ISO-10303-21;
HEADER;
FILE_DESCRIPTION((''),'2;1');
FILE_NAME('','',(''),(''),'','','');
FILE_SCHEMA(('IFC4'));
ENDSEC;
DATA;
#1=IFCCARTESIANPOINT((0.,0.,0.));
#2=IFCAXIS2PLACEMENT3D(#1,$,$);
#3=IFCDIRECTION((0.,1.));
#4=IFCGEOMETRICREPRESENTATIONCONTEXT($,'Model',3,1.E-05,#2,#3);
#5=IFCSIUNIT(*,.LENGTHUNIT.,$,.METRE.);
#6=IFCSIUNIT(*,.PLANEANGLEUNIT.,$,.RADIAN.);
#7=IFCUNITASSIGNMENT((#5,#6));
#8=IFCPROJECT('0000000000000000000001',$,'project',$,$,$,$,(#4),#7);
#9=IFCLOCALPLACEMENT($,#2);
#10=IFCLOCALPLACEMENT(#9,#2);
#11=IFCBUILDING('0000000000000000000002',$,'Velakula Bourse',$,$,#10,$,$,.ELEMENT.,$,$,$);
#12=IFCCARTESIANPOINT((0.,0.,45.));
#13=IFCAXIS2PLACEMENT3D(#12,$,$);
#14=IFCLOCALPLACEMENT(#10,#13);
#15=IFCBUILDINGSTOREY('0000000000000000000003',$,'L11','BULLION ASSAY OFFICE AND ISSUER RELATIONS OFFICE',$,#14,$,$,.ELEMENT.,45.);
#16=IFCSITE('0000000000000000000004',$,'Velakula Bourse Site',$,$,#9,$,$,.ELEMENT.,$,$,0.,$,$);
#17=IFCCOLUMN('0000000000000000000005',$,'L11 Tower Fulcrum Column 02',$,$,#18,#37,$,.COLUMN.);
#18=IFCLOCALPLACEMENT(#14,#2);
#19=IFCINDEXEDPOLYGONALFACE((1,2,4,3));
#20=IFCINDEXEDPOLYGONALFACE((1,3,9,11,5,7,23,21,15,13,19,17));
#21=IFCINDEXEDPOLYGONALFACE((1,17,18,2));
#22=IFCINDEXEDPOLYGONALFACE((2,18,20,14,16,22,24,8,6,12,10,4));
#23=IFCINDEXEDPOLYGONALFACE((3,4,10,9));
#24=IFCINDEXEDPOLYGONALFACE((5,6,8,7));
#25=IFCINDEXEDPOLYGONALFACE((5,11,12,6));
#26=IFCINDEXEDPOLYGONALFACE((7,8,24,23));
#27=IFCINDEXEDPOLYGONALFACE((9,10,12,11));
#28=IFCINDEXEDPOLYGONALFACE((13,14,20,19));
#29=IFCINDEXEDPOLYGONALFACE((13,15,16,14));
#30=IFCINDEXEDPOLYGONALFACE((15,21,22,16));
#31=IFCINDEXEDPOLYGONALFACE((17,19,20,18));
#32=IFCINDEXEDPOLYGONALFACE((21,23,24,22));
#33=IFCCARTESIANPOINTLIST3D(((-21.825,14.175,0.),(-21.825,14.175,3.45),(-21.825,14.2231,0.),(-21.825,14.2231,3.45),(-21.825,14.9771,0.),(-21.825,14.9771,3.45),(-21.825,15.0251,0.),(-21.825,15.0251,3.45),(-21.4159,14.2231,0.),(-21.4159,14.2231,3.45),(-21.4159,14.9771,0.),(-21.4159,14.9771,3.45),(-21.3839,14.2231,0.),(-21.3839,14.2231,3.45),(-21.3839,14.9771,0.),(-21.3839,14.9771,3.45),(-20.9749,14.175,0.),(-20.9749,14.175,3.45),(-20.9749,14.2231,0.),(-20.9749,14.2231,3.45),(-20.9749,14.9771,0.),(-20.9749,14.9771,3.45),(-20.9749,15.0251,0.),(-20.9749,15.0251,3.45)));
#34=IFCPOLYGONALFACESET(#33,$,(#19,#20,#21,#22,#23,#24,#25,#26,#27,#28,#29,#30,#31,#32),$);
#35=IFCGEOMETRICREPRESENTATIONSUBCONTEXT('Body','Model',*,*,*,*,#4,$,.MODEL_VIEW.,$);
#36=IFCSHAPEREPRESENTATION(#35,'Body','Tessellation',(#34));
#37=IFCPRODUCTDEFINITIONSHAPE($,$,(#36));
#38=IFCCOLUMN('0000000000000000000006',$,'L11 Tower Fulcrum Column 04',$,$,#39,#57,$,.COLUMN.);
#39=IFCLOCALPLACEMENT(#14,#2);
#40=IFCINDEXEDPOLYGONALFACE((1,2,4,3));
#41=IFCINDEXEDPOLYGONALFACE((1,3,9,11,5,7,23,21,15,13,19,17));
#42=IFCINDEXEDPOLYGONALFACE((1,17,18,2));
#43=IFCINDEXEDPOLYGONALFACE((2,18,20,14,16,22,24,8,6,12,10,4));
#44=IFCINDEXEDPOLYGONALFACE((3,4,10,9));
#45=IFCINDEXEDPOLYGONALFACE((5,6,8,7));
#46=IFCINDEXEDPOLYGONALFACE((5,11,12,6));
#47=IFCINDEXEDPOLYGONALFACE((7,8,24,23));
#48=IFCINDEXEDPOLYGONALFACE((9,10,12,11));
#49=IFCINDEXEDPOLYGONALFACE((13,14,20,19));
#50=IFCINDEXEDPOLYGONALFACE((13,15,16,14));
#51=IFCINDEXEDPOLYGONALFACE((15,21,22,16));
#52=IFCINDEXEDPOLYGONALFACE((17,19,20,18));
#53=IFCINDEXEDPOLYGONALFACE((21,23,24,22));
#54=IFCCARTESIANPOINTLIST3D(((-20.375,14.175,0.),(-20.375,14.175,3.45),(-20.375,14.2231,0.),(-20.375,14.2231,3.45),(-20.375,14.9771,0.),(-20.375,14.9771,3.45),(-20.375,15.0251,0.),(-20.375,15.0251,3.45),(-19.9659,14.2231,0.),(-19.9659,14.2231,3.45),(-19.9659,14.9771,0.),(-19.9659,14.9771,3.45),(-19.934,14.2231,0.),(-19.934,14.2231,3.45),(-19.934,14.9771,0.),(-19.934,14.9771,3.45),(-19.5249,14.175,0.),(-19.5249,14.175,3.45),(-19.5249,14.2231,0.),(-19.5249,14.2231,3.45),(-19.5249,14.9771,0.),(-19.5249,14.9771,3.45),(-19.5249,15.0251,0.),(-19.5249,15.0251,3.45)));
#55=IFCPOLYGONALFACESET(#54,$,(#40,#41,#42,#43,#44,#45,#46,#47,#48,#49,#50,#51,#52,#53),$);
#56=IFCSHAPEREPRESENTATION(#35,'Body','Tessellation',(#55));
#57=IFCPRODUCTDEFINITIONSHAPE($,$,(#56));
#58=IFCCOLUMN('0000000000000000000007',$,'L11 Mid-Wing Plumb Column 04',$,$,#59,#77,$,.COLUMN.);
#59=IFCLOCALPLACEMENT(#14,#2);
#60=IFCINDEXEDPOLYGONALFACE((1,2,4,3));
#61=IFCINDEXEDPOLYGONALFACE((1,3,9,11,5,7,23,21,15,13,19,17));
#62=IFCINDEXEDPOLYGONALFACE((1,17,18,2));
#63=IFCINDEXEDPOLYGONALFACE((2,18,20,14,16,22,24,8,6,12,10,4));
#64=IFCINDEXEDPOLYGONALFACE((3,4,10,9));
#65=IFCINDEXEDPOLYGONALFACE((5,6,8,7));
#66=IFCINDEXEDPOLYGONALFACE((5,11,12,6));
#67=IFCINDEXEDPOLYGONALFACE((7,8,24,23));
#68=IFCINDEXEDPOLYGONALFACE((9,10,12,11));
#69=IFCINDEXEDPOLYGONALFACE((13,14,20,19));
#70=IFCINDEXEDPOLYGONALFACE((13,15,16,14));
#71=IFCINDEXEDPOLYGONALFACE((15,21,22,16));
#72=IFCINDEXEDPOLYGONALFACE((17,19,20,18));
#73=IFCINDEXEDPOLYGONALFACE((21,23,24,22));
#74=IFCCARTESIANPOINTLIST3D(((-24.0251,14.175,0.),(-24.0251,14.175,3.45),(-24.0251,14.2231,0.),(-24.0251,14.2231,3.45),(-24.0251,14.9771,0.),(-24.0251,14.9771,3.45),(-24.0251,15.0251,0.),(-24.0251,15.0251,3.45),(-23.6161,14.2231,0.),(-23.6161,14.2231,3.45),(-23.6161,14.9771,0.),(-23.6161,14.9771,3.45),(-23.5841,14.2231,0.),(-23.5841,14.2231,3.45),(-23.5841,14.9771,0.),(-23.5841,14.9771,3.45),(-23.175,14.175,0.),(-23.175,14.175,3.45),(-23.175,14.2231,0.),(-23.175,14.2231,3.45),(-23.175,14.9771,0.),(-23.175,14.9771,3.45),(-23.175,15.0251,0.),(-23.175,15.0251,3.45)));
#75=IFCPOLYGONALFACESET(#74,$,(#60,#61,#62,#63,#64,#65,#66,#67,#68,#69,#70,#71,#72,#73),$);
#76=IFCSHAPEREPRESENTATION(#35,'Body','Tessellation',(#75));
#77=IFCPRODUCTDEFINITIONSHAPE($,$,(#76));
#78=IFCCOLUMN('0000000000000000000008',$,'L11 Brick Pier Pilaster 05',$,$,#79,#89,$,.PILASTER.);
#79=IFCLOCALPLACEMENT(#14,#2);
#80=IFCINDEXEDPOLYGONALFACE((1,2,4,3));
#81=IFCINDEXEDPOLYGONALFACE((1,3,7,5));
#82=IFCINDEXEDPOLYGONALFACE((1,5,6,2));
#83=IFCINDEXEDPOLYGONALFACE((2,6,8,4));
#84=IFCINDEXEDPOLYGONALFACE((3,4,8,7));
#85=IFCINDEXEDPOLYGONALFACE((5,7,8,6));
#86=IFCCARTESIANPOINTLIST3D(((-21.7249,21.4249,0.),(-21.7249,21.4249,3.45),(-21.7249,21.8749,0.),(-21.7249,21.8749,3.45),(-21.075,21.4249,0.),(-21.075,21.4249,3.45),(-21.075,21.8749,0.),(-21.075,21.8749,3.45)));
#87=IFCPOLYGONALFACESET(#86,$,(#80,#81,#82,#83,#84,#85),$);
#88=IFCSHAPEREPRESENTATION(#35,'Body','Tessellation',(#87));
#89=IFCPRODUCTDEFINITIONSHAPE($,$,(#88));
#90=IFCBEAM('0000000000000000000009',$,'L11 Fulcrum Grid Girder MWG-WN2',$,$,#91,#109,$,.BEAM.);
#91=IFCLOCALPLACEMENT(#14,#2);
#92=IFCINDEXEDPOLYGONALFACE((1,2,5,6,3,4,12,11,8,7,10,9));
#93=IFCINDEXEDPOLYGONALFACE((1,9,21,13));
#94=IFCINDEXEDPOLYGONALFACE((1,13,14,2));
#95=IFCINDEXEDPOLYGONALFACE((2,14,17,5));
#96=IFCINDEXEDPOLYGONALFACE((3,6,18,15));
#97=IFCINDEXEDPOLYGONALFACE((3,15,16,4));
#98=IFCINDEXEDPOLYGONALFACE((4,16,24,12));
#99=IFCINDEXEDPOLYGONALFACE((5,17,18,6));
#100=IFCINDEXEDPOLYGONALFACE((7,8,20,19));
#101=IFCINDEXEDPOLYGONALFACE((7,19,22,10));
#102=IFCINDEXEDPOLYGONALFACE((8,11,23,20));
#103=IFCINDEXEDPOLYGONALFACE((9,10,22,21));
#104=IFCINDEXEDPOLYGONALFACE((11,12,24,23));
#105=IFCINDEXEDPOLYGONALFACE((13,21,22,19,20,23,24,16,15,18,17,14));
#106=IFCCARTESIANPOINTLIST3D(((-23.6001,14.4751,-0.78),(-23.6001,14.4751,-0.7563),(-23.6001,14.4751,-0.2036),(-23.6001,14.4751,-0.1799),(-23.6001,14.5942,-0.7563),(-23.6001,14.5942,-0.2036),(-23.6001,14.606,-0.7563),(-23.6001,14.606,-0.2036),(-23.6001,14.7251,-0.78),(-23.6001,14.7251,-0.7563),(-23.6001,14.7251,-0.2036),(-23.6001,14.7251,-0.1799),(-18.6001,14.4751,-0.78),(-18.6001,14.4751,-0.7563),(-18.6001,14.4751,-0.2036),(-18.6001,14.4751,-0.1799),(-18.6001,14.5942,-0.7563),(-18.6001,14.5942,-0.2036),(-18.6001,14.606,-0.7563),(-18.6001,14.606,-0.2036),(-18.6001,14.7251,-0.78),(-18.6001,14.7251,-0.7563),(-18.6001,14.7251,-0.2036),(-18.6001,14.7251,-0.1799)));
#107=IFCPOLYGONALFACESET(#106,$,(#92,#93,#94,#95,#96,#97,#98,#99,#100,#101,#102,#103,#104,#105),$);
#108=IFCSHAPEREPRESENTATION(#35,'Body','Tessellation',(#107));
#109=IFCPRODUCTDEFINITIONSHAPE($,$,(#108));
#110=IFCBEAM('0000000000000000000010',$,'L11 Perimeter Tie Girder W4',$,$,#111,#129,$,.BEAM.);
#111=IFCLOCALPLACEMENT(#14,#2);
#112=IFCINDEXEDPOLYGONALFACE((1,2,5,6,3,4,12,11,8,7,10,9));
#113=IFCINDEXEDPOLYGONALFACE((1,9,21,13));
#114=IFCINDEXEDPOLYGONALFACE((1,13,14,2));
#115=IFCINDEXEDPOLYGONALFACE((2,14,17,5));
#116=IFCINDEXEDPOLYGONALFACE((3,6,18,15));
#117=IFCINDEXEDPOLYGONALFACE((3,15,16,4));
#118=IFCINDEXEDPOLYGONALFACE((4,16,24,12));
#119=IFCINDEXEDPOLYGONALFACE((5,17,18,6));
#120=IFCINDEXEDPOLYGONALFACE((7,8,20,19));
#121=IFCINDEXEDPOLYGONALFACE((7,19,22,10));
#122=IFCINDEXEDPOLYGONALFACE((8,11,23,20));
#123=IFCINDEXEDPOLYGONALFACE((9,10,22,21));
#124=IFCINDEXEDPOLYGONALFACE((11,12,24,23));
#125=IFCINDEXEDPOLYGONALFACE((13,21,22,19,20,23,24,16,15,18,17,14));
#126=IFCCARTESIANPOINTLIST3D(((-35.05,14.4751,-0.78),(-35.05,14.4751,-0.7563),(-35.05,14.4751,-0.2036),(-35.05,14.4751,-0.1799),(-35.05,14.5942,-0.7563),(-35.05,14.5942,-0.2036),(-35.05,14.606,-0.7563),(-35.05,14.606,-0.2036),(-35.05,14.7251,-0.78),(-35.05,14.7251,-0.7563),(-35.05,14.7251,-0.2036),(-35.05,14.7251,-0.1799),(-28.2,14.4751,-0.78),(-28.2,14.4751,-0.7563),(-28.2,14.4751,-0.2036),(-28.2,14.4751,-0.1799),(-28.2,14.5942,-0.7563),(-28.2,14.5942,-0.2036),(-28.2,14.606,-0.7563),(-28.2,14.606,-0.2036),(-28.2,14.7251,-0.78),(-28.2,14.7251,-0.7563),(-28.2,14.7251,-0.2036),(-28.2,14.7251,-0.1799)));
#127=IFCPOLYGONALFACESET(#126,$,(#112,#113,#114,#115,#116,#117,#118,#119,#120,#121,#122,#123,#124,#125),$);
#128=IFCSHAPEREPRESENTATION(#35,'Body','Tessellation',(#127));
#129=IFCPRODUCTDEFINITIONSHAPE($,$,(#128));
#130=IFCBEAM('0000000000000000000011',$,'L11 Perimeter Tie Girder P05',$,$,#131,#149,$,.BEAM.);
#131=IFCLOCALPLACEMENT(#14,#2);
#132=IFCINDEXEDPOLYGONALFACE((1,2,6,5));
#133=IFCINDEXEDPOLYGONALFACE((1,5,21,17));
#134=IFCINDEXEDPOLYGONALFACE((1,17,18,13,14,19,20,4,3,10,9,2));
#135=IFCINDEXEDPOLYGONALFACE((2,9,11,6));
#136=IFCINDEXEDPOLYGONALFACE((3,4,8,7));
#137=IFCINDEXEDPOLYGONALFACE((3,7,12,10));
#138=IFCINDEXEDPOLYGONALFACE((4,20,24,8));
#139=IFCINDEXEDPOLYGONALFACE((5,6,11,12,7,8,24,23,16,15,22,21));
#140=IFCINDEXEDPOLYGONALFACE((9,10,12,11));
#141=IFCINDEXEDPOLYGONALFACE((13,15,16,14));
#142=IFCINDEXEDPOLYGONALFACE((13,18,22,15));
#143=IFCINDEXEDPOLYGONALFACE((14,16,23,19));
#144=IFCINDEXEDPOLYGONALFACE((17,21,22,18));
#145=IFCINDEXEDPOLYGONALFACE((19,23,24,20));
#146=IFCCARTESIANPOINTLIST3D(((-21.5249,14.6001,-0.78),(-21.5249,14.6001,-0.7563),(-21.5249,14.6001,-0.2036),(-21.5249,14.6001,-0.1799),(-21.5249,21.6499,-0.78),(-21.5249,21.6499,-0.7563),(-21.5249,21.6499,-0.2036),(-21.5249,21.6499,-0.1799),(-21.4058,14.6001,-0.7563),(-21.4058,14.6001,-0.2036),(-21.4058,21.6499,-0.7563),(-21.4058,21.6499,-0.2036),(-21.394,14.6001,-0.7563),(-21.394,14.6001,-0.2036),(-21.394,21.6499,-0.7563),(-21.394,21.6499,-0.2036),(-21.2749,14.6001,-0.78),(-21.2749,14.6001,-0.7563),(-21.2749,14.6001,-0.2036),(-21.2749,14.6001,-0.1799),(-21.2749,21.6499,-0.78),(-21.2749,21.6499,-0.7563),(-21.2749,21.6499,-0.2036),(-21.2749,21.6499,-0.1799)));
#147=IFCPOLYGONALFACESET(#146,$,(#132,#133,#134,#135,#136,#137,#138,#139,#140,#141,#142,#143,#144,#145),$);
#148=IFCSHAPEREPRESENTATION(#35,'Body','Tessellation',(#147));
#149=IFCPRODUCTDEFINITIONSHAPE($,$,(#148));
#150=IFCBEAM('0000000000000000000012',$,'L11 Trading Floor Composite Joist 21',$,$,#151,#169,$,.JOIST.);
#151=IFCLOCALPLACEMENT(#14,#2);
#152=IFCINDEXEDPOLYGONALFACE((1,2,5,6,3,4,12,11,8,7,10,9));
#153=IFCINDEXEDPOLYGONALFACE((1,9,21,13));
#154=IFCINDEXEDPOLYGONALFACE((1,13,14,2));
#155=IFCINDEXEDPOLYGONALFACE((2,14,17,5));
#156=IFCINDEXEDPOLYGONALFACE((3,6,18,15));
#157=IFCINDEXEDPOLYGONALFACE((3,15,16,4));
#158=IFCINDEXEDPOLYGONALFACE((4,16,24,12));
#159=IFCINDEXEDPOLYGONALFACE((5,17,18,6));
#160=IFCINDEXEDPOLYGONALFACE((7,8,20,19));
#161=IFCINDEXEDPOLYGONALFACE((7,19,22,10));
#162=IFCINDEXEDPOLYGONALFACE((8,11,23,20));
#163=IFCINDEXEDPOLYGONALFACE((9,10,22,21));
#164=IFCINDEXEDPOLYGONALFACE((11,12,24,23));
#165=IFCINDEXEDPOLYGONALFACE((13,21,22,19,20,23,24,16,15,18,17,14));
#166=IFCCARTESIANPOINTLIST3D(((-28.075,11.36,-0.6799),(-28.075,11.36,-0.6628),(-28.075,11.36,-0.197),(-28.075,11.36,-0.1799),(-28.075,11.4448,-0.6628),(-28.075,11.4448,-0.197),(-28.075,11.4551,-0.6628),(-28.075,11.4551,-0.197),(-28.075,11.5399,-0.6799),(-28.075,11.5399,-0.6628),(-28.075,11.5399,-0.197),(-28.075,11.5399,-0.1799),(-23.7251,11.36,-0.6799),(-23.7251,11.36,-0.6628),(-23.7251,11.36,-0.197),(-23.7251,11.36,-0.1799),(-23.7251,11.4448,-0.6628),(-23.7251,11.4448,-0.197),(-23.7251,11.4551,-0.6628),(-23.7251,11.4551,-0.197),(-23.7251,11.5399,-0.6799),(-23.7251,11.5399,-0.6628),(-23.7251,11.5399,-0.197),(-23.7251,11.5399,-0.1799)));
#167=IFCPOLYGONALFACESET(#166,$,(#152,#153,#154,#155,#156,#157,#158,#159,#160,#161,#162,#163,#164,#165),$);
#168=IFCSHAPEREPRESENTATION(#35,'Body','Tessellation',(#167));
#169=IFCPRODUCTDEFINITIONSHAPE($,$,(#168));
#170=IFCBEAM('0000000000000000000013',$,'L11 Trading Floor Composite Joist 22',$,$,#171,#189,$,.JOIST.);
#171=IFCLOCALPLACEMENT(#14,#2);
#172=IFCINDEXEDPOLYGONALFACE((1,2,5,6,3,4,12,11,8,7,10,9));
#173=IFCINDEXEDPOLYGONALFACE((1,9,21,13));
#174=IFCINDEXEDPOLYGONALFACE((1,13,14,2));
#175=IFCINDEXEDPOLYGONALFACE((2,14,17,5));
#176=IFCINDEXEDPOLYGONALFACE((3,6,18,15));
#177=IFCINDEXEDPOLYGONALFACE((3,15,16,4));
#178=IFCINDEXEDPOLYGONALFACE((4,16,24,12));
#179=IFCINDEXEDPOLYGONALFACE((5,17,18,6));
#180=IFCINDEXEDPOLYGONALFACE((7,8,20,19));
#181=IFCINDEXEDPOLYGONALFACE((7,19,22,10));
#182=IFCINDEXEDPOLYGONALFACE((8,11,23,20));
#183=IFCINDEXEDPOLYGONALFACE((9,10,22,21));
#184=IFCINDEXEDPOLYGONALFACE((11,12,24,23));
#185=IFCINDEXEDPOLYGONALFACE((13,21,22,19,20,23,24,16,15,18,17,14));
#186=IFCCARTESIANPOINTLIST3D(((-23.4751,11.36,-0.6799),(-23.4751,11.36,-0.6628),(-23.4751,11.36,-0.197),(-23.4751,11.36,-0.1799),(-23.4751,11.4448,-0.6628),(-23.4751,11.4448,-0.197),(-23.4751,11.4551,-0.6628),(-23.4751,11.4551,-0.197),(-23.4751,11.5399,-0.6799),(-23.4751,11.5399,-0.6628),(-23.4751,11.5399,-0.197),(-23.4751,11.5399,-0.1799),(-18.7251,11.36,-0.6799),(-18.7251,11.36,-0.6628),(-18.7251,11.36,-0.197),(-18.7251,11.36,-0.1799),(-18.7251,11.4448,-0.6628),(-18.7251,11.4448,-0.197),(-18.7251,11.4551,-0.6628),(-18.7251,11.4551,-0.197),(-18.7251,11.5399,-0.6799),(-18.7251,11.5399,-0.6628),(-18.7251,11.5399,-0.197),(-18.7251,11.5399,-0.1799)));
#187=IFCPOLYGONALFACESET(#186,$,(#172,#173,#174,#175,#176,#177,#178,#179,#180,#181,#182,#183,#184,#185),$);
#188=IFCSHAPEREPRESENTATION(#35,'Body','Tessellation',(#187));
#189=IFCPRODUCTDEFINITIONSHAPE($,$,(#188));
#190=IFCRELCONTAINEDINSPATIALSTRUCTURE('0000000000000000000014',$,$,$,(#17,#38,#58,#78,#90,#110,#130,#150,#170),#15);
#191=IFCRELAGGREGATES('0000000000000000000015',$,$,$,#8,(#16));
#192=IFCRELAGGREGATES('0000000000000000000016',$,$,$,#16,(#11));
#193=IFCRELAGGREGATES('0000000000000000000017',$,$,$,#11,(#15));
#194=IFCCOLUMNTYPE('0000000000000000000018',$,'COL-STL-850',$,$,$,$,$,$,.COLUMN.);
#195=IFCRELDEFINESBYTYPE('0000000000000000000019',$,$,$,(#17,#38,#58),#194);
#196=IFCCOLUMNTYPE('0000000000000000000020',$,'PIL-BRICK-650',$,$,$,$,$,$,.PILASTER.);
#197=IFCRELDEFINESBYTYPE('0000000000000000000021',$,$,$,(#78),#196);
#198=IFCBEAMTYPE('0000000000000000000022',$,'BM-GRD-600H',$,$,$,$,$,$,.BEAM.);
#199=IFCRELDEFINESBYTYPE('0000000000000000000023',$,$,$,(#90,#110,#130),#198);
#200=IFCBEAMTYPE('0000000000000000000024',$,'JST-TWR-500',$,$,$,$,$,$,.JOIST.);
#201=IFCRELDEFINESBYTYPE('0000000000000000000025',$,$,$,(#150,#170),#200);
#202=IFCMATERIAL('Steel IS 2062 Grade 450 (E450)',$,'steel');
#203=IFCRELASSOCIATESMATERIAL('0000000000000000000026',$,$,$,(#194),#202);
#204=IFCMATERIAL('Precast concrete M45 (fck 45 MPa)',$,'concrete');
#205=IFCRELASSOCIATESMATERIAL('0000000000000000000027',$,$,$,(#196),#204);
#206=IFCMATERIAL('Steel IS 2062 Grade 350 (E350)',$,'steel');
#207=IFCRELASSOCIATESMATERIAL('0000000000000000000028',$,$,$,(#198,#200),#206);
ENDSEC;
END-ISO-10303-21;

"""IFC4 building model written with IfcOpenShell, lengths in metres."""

from ifc_helpers import new_model, si_unit, direction, frame, origin, origin_2d, place, context, subcontext, project, spatial, rectangle, i_section, extrude, material, material_profile, profile_set, type_object, element, save


model = new_model("IFC4")

# Units and contexts
model_context = context("Model", 3, precision=1e-05, world=origin(), true_north=direction((0.0, 1.0)))
body_context = subcontext(model_context, "Body", "Model", "MODEL_VIEW")
ifc_project = project(units=[si_unit("LENGTHUNIT", "METRE"), si_unit("PLANEANGLEUNIT", "RADIAN")], contexts=[model_context])

# Site, building, storey
site_placement = place(None, origin())
site = spatial("IfcSite", under=ifc_project, at=site_placement, Name="Velakula Bourse Site", CompositionType="ELEMENT", RefElevation=0.0)
building_placement = place(site_placement, origin())
building = spatial("IfcBuilding", under=site, at=building_placement, Name="Velakula Bourse", CompositionType="ELEMENT")
storey_placement = place(building_placement, frame((0.0, 0.0, 45.0)))
storey = spatial("IfcBuildingStorey", under=building, at=storey_placement, Name="L11", Description="BULLION ASSAY OFFICE AND ISSUER RELATIONS OFFICE", CompositionType="ELEMENT", Elevation=45.0)

# Columns
ifc_material_1 = material(Name="Steel IS 2062 Grade 450 (E450)", Category="steel")
ifc_material_profile_1 = material_profile(ifc_material_1, i_section(OverallWidth=0.8501, OverallDepth=0.8501, WebThickness=0.032, FlangeThickness=0.0481, at=origin_2d()), Name="Steel IS 2062 Grade 450 (E450)")
ifc_profile_set_1 = profile_set([ifc_material_profile_1], Name="Steel IS 2062 Grade 450 (E450)")
column_type_1 = type_object("IfcColumnType", Name="COL-STL-850", PredefinedType="COLUMN", material=ifc_profile_set_1)
for number, where, z_axis, x_axis, name in (
    (1, (-21.3999, 14.6001, 0.0), (0.0, 0.0, 1.0), (1.0, 0.0, 0.0), "L11 Tower Fulcrum Column 02"),
    (2, (-19.95, 14.6001, 0.0), (0.0, 0.0, 1.0), (1.0, 0.0, 0.0), "L11 Tower Fulcrum Column 04"),
    (3, (-23.6001, 14.6001, 0.0), (0.0, 0.0, 1.0), (1.0, 0.0, 0.0), "L11 Mid-Wing Plumb Column 04"),
):
    element("IfcColumn", number, at=place(storey_placement, frame(where, z_axis=z_axis, x_axis=x_axis)), inside=storey, type_object=column_type_1, Name=name, PredefinedType="COLUMN", context=body_context, shape_type="SweptSolid", body=[
        extrude(i_section(OverallWidth=0.8501, OverallDepth=0.8501, WebThickness=0.032, FlangeThickness=0.0481, at=origin_2d()), origin(), (0.0, 0.0, 1.0), 3.45),
    ])
ifc_material_2 = material(Name="Precast concrete M45 (fck 45 MPa)", Category="concrete")
ifc_material_profile_2 = material_profile(ifc_material_2, rectangle(XDim=0.6499, YDim=0.45, at=origin_2d()), Name="Precast concrete M45 (fck 45 MPa)")
ifc_profile_set_2 = profile_set([ifc_material_profile_2], Name="Precast concrete M45 (fck 45 MPa)")
column_type_2 = type_object("IfcColumnType", Name="PIL-BRICK-650", PredefinedType="PILASTER", material=ifc_profile_set_2)
column_placement = place(storey_placement, frame((-21.3999, 21.6499, 0.0), z_axis=(0.0, 0.0, 1.0), x_axis=(1.0, 0.0, 0.0)))
element("IfcColumn", 4, at=column_placement, inside=storey, type_object=column_type_2, Name="L11 Brick Pier Pilaster 05", PredefinedType="PILASTER", context=body_context, shape_type="SweptSolid", body=[
    extrude(rectangle(XDim=0.6499, YDim=0.45, at=origin_2d()), origin(), (0.0, 0.0, 1.0), 3.45),
])

# Beams
ifc_material_3 = material(Name="Steel IS 2062 Grade 350 (E350)", Category="steel")
ifc_material_profile_3 = material_profile(ifc_material_3, i_section(OverallWidth=0.25, OverallDepth=0.6001, WebThickness=0.0117, FlangeThickness=0.0237, at=origin_2d()), Name="Steel IS 2062 Grade 350 (E350)")
ifc_profile_set_3 = profile_set([ifc_material_profile_3], Name="Steel IS 2062 Grade 350 (E350)")
beam_type_1 = type_object("IfcBeamType", Name="BM-GRD-600H", PredefinedType="BEAM", material=ifc_profile_set_3)
beam_1_placement = place(storey_placement, frame((-23.6001, 14.6001, -0.48), z_axis=(1.0, 0.0, 0.0), x_axis=(0.0, 1.0, 0.0)))
element("IfcBeam", 5, at=beam_1_placement, inside=storey, type_object=beam_type_1, Name="L11 Fulcrum Grid Girder MWG-WN2", PredefinedType="BEAM", context=body_context, shape_type="SweptSolid", body=[
    extrude(i_section(OverallWidth=0.25, OverallDepth=0.6001, WebThickness=0.0117, FlangeThickness=0.0237, at=origin_2d()), origin(), (0.0, 0.0, 1.0), 5.0),
])
beam_2_placement = place(storey_placement, frame((-28.2, 14.6001, -0.48), z_axis=(-1.0, 0.0, 0.0), x_axis=(0.0, -1.0, 0.0)))
element("IfcBeam", 6, at=beam_2_placement, inside=storey, type_object=beam_type_1, Name="L11 Perimeter Tie Girder W4", PredefinedType="BEAM", context=body_context, shape_type="SweptSolid", body=[
    extrude(i_section(OverallWidth=0.25, OverallDepth=0.6001, WebThickness=0.0117, FlangeThickness=0.0237, at=origin_2d()), origin(), (0.0, 0.0, 1.0), 6.8501),
])
beam_3_placement = place(storey_placement, frame((-21.3999, 14.6001, -0.48), z_axis=(0.0, 1.0, 0.0), x_axis=(-1.0, 0.0, 0.0)))
element("IfcBeam", 7, at=beam_3_placement, inside=storey, type_object=beam_type_1, Name="L11 Perimeter Tie Girder P05", PredefinedType="BEAM", context=body_context, shape_type="SweptSolid", body=[
    extrude(i_section(OverallWidth=0.25, OverallDepth=0.6001, WebThickness=0.0117, FlangeThickness=0.0237, at=origin_2d()), origin(), (0.0, 0.0, 1.0), 7.0498),
])
ifc_material_profile_4 = material_profile(ifc_material_3, i_section(OverallWidth=0.1799, OverallDepth=0.5, WebThickness=0.0103, FlangeThickness=0.0171, at=origin_2d()), Name="Steel IS 2062 Grade 350 (E350)")
ifc_profile_set_4 = profile_set([ifc_material_profile_4], Name="Steel IS 2062 Grade 350 (E350)")
beam_type_2 = type_object("IfcBeamType", Name="JST-TWR-500", PredefinedType="JOIST", material=ifc_profile_set_4)
beam_4_placement = place(storey_placement, frame((-28.075, 11.45, -0.4299), z_axis=(1.0, 0.0, 0.0), x_axis=(0.0, 1.0, 0.0)))
element("IfcBeam", 8, at=beam_4_placement, inside=storey, type_object=beam_type_2, Name="L11 Trading Floor Composite Joist 21", PredefinedType="JOIST", context=body_context, shape_type="SweptSolid", body=[
    extrude(i_section(OverallWidth=0.1799, OverallDepth=0.5, WebThickness=0.0103, FlangeThickness=0.0171, at=origin_2d()), origin(), (0.0, 0.0, 1.0), 4.3499),
])
beam_5_placement = place(storey_placement, frame((-23.4751, 11.45, -0.4299), z_axis=(1.0, 0.0, 0.0), x_axis=(0.0, 1.0, 0.0)))
element("IfcBeam", 9, at=beam_5_placement, inside=storey, type_object=beam_type_2, Name="L11 Trading Floor Composite Joist 22", PredefinedType="JOIST", context=body_context, shape_type="SweptSolid", body=[
    extrude(i_section(OverallWidth=0.1799, OverallDepth=0.5, WebThickness=0.0103, FlangeThickness=0.0171, at=origin_2d()), origin(), (0.0, 0.0, 1.0), 4.75),
])

save(model, "model.ifc")
